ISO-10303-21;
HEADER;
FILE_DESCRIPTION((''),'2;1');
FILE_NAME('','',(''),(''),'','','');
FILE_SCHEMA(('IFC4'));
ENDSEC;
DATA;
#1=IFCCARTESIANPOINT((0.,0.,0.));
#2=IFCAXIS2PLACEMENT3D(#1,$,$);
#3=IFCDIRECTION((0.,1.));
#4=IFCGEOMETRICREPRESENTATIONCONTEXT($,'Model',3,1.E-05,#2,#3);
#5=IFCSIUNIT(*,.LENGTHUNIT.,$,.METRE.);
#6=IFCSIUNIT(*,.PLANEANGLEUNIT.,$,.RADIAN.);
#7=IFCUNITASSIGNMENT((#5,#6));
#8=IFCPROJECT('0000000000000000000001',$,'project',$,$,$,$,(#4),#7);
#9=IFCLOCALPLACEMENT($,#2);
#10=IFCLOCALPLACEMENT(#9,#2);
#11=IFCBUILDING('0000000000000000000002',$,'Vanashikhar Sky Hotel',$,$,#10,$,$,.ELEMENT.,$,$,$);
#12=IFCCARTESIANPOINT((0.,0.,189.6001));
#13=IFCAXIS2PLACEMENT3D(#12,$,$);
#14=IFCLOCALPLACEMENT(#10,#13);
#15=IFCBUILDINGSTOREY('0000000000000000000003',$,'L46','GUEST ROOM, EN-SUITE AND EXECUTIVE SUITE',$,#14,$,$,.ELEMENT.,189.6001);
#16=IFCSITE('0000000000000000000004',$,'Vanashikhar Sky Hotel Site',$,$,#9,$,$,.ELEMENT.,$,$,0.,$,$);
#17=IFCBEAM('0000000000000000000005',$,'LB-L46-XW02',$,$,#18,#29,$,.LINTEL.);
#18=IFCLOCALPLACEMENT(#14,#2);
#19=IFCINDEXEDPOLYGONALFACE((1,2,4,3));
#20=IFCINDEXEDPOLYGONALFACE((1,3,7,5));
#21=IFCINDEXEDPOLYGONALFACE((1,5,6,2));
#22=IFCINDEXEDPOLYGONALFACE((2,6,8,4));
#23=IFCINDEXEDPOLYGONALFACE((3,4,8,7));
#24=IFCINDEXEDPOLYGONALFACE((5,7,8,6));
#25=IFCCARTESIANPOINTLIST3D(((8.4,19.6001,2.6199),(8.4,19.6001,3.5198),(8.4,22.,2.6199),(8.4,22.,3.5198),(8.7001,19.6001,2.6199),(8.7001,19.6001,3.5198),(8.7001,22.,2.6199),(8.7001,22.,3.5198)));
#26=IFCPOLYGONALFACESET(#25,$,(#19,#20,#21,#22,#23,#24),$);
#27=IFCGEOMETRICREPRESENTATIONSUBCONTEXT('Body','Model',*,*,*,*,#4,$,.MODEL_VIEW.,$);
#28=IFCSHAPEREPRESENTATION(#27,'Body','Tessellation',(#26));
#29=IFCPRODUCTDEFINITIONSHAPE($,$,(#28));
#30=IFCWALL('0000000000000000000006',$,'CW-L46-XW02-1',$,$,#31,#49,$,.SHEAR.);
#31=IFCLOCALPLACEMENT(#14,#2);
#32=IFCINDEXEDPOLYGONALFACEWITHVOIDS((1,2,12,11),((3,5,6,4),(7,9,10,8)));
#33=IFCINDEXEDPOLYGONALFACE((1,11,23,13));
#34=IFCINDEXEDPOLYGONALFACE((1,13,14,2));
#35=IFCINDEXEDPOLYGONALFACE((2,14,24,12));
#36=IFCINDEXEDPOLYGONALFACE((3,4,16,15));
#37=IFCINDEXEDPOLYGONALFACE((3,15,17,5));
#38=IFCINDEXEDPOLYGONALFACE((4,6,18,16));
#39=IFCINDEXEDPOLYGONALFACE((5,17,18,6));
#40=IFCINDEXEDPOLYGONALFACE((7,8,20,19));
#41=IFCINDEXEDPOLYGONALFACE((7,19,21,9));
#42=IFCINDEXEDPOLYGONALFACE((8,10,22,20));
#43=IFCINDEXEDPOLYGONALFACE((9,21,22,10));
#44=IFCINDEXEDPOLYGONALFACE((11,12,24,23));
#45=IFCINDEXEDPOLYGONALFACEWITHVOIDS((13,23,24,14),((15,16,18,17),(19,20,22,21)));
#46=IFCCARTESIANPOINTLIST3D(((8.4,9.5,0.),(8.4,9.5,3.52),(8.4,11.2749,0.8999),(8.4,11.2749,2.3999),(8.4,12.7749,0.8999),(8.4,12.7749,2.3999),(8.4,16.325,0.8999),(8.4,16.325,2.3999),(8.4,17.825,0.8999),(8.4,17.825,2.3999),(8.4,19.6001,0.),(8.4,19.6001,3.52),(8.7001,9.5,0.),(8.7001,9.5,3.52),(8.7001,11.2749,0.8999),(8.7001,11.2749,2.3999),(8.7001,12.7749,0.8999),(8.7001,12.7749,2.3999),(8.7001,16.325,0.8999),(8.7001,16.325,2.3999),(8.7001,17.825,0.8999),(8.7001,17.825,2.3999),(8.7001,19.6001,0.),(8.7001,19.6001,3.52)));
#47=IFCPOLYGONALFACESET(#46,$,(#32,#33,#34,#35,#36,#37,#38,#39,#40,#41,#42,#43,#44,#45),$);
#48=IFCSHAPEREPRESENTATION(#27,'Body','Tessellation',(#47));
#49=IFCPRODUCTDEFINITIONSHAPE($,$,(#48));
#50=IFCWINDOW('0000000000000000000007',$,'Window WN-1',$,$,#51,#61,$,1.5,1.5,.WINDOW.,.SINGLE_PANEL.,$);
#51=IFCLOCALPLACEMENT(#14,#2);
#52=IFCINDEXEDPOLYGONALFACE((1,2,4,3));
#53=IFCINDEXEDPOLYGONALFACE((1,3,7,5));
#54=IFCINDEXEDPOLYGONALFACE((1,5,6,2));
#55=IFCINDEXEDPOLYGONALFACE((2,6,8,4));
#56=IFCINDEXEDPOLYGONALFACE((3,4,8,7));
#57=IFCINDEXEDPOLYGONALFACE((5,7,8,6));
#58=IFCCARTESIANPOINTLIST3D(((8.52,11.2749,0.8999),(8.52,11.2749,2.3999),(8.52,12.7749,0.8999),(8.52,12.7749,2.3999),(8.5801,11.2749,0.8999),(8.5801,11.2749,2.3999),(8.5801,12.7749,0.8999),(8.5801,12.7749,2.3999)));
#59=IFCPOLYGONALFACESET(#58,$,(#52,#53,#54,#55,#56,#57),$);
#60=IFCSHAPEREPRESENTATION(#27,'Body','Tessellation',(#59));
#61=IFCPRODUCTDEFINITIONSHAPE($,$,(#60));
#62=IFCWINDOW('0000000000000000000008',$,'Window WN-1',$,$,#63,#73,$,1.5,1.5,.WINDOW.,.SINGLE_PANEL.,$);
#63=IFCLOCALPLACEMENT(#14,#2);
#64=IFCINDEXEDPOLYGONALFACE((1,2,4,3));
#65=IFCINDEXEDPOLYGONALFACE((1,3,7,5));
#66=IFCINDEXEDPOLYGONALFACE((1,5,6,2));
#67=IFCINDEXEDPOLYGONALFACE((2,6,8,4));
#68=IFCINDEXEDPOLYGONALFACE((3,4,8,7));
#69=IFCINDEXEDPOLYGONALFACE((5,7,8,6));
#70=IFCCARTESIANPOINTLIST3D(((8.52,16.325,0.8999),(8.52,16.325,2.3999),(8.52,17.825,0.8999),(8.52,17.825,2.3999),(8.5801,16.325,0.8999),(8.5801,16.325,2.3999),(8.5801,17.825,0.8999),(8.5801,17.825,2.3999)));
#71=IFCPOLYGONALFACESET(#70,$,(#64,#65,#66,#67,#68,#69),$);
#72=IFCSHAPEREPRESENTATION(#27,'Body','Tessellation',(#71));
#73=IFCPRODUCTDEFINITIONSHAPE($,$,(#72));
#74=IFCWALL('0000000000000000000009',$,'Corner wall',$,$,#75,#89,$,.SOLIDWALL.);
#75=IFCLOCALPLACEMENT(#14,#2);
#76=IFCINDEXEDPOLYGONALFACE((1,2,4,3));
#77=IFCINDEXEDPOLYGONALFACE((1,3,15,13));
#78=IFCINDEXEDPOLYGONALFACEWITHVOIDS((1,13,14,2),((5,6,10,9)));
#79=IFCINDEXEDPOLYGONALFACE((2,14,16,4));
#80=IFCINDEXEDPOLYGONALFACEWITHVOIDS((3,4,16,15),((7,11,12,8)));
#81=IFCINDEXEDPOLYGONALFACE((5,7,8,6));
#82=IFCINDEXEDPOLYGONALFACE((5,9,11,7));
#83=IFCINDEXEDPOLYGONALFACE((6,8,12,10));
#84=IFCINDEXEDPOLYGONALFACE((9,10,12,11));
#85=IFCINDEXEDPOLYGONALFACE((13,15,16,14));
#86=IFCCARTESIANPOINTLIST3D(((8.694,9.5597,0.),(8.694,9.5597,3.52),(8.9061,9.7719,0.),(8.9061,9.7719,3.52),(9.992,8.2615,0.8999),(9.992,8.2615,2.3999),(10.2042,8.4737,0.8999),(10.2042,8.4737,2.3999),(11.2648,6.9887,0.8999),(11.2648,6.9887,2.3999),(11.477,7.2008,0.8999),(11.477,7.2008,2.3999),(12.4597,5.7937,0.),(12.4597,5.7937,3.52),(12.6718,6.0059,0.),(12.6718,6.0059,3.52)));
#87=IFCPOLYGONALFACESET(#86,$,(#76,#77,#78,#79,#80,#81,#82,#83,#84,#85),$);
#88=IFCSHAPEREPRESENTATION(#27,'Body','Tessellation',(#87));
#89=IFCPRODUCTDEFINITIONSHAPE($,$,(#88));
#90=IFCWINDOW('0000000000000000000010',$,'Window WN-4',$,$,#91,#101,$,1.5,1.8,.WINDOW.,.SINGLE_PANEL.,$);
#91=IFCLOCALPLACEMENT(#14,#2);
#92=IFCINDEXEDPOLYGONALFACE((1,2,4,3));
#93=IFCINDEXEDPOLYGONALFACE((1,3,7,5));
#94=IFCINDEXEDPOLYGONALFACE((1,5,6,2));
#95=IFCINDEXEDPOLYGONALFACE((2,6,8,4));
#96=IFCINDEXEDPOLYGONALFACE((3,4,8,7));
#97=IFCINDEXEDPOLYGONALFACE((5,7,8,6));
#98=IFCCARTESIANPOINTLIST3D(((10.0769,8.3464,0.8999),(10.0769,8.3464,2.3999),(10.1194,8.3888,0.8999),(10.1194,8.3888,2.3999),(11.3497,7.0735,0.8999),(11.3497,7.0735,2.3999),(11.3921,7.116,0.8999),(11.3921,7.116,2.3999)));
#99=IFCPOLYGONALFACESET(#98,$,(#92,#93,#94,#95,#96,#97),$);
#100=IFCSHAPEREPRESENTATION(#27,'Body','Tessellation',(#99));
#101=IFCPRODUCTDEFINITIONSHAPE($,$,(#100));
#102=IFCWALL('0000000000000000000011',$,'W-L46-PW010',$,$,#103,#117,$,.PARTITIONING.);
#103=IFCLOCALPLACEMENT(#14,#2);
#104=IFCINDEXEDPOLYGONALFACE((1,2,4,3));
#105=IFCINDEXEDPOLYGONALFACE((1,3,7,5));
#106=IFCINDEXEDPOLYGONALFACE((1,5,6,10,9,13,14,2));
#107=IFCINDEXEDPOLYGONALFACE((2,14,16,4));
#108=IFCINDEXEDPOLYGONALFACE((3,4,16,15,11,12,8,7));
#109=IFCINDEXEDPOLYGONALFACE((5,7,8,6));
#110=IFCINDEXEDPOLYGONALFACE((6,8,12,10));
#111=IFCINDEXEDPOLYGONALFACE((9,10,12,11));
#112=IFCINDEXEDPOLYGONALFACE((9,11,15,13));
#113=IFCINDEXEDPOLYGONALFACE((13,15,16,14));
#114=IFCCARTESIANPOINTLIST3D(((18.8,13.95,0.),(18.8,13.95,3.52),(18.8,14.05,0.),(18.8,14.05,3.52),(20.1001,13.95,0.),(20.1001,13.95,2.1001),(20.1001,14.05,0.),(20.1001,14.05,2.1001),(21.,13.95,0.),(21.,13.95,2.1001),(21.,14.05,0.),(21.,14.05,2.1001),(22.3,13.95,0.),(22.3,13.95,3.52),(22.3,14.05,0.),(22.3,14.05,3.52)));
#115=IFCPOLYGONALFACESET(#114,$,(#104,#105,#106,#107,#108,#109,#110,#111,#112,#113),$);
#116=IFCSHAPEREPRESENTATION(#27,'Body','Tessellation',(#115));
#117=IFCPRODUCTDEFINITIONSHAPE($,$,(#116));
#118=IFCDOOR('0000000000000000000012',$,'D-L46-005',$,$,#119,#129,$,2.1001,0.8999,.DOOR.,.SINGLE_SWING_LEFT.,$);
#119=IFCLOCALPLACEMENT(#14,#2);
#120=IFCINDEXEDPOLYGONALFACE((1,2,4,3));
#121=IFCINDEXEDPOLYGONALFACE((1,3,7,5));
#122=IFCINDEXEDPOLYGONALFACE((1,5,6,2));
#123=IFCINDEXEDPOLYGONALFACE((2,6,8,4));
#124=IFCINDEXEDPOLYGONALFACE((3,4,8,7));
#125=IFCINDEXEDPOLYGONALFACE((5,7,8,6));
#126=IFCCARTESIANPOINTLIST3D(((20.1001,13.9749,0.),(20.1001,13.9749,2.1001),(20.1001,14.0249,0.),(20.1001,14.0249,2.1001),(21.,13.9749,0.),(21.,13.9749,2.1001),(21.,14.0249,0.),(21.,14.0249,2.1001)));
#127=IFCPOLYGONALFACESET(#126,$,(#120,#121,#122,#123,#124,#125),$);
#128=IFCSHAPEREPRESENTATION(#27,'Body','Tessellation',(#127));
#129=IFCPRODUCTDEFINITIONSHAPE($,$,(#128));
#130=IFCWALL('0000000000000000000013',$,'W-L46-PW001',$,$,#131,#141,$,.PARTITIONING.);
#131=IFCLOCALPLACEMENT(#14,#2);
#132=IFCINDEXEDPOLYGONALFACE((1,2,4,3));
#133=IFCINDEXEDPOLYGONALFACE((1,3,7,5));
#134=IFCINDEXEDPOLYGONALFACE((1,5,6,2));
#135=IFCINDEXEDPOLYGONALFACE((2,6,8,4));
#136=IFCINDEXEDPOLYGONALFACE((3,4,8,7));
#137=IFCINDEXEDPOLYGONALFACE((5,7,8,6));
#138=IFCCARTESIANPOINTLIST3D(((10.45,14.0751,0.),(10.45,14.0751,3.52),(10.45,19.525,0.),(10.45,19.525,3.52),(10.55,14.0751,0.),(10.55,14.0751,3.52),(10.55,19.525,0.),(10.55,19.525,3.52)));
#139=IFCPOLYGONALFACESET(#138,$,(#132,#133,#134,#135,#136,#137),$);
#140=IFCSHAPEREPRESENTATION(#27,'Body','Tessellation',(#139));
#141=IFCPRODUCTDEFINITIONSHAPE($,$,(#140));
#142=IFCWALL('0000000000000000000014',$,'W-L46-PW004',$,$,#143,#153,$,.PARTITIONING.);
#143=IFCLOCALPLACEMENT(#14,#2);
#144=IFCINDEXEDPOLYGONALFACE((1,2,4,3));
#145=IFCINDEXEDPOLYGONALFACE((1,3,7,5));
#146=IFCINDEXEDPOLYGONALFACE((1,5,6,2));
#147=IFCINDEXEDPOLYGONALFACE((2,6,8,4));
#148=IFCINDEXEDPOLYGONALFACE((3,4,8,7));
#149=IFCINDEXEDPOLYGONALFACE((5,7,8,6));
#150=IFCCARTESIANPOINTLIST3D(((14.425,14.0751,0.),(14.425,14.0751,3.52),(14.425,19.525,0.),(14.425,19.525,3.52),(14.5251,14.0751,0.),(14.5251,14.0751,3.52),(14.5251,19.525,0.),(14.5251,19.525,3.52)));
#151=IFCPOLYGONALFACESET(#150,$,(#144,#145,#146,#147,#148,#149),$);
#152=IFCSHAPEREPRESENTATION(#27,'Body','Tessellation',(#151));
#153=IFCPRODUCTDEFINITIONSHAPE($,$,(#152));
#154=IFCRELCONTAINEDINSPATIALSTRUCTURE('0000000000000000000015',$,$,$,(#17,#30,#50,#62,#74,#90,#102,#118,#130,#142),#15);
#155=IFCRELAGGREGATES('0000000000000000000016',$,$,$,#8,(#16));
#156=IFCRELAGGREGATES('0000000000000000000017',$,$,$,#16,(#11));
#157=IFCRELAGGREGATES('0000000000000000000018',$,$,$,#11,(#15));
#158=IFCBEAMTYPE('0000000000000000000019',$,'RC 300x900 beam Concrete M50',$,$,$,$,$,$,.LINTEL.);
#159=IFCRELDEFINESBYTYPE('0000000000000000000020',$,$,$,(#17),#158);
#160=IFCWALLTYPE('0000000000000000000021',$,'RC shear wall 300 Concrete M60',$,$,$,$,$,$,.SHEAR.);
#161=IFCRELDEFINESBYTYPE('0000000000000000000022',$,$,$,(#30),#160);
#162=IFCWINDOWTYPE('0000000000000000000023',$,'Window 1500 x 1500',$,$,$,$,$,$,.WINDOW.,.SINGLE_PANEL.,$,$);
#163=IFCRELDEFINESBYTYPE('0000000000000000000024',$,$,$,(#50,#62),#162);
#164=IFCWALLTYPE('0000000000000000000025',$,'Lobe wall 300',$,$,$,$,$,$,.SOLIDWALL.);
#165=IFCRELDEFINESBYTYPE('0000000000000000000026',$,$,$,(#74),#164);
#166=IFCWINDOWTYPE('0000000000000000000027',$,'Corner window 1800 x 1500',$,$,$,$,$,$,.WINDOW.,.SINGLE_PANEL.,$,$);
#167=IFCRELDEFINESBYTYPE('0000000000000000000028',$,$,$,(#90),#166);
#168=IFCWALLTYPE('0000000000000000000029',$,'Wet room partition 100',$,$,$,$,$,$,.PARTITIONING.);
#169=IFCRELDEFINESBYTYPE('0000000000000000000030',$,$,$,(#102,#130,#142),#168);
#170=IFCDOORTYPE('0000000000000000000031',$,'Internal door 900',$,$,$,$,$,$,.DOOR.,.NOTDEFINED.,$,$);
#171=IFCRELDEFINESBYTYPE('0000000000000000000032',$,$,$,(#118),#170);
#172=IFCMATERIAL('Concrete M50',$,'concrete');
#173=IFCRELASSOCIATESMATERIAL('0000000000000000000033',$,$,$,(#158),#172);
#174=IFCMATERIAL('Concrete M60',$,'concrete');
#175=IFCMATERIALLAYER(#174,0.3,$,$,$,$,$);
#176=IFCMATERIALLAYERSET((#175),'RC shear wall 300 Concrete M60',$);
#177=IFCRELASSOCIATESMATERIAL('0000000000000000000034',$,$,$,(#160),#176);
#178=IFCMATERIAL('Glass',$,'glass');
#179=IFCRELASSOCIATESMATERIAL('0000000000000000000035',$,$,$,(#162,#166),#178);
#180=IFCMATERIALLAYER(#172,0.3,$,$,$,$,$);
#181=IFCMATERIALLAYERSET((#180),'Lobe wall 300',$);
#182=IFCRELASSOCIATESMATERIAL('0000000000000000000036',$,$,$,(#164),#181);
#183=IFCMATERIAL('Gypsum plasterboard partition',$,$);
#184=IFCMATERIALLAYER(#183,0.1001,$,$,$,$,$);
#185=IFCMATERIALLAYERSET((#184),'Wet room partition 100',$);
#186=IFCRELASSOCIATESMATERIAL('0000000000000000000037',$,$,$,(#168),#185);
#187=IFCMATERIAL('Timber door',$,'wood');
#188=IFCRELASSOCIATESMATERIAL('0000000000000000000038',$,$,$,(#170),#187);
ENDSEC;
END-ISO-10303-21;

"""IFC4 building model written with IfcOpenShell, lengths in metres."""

from ifc_helpers import new_model, si_unit, direction, frame, frame_2d, origin, origin_2d, place, context, subcontext, project, spatial, rectangle, extrude, source, transform, mapped, material, layer, layer_set, material_profile, profile_set, type_object, element, fill, save


model = new_model("IFC4")

# Units and contexts
model_context = context("Model", 3, precision=1e-05, world=origin(), true_north=direction((0.0, 1.0)))
body_context = subcontext(model_context, "Body", "Model", "MODEL_VIEW")
ifc_project = project(units=[si_unit("LENGTHUNIT", "METRE"), si_unit("PLANEANGLEUNIT", "RADIAN")], contexts=[model_context])

# Site, building, storey
site_placement = place(None, origin())
site = spatial("IfcSite", under=ifc_project, at=site_placement, Name="Vanashikhar Sky Hotel Site", CompositionType="ELEMENT", RefElevation=0.0)
building_placement = place(site_placement, origin())
building = spatial("IfcBuilding", under=site, at=building_placement, Name="Vanashikhar Sky Hotel", CompositionType="ELEMENT")
storey_placement = place(building_placement, frame((0.0, 0.0, 189.6001)))
storey = spatial("IfcBuildingStorey", under=building, at=storey_placement, Name="L46", Description="GUEST ROOM, EN-SUITE AND EXECUTIVE SUITE", CompositionType="ELEMENT", Elevation=189.6001)

# Beam
ifc_material_1 = material(Name="Concrete M50", Category="concrete")
ifc_material_profile = material_profile(ifc_material_1, rectangle(XDim=0.3, YDim=0.8999, at=origin_2d()))
ifc_profile_set = profile_set([ifc_material_profile], Name="RC 300x900 beam Concrete M50")
beam_type = type_object("IfcBeamType", Name="RC 300x900 beam Concrete M50", PredefinedType="LINTEL", material=ifc_profile_set)
shared_shape_1 = source(origin(), body_context, "Body", "SweptSolid", [
    extrude(rectangle(XDim=0.3, YDim=0.8999, at=origin_2d()), origin(), (0.0, 0.0, 1.0), 2.3999),
])
beam_placement = place(storey_placement, frame((8.55, 19.6001, 3.0698), z_axis=(0.0, 1.0, 0.0), x_axis=(-1.0, 0.0, 0.0)))
element("IfcBeam", 1, at=beam_placement, inside=storey, type_object=beam_type, Name="LB-L46-XW02", PredefinedType="LINTEL", context=body_context, shape_type="MappedRepresentation", body=[
    mapped(shared_shape_1, transform((0.0, 0.0, 0.0), scale=1.0)),
])

# Wall, openings, windows
ifc_material_2 = material(Name="Concrete M60", Category="concrete")
ifc_layer_1 = layer(ifc_material_2, 0.3)
ifc_layer_set_1 = layer_set([ifc_layer_1], Name="RC shear wall 300 Concrete M60")
wall_type_1 = type_object("IfcWallType", Name="RC shear wall 300 Concrete M60", PredefinedType="SHEAR", material=ifc_layer_set_1)
shared_shape_2 = source(origin(), body_context, "Body", "SweptSolid", [
    extrude(rectangle(XDim=10.1001, YDim=0.3, at=frame_2d((5.05, 0.0))), origin(), (0.0, 0.0, 1.0), 3.52),
])
wall_1_placement = place(storey_placement, frame((8.55, 9.5, 0.0), z_axis=(0.0, 0.0, 1.0), x_axis=(0.0, 1.0, 0.0)))
wall_1 = element("IfcWall", 2, at=wall_1_placement, inside=storey, type_object=wall_type_1, Name="CW-L46-XW02-1", PredefinedType="SHEAR", context=body_context, shape_type="MappedRepresentation", body=[
    mapped(shared_shape_2, transform((0.0, 0.0, 0.0), scale=1.0)),
])
shared_shape_3 = source(origin(), body_context, "Body", "SweptSolid", [
    extrude(rectangle(XDim=1.5, YDim=1.5, at=frame_2d((0.75, 0.75))), frame((0.0, 0.1602, 0.0), z_axis=(0.0, -1.0, 0.0), x_axis=(1.0, 0.0, 0.0)), (0.0, 0.0, 1.0), 0.3201),
])
opening_1_placement = place(wall_1_placement, frame((1.7749, 0.0, 0.8999)))
opening_1 = element("IfcOpeningElement", 3, at=opening_1_placement, cuts=wall_1, PredefinedType="OPENING", context=body_context, shape_type="MappedRepresentation", body=[
    mapped(shared_shape_3, transform((0.0, 0.0, 0.0), scale=1.0)),
])
opening_2_placement = place(wall_1_placement, frame((6.825, 0.0, 0.8999)))
opening_2 = element("IfcOpeningElement", 4, at=opening_2_placement, cuts=wall_1, PredefinedType="OPENING", context=body_context, shape_type="MappedRepresentation", body=[
    mapped(shared_shape_3, transform((0.0, 0.0, 0.0), scale=1.0)),
])
ifc_material_3 = material(Name="Glass", Category="glass")
window_type_1 = type_object("IfcWindowType", Name="Window 1500 x 1500", PartitioningType="SINGLE_PANEL", PredefinedType="WINDOW", material=ifc_material_3)
shared_shape_4 = source(origin(), body_context, "Body", "SweptSolid", [
    extrude(rectangle(XDim=1.5, YDim=1.5, at=frame_2d((0.75, 0.75))), frame((0.0, 0.03, 0.0), z_axis=(0.0, -1.0, 0.0), x_axis=(1.0, 0.0, 0.0)), (0.0, 0.0, 1.0), 0.0601),
])
window_1_placement = place(opening_1_placement, origin())
window_1 = element("IfcWindow", 5, at=window_1_placement, inside=storey, type_object=window_type_1, Name="Window WN-1", OverallHeight=1.5, OverallWidth=1.5, PartitioningType="SINGLE_PANEL", PredefinedType="WINDOW", context=body_context, shape_type="MappedRepresentation", body=[
    mapped(shared_shape_4, transform((0.0, 0.0, 0.0), scale=1.0)),
])
fill(opening_1, window_1)
window_2_placement = place(opening_2_placement, origin())
window_2 = element("IfcWindow", 6, at=window_2_placement, inside=storey, type_object=window_type_1, Name="Window WN-1", OverallHeight=1.5, OverallWidth=1.5, PartitioningType="SINGLE_PANEL", PredefinedType="WINDOW", context=body_context, shape_type="MappedRepresentation", body=[
    mapped(shared_shape_4, transform((0.0, 0.0, 0.0), scale=1.0)),
])
fill(opening_2, window_2)

# Wall, opening, window
ifc_layer_2 = layer(ifc_material_1, 0.3)
ifc_layer_set_2 = layer_set([ifc_layer_2], Name="Lobe wall 300")
wall_type_2 = type_object("IfcWallType", Name="Lobe wall 300", PredefinedType="SOLIDWALL", material=ifc_layer_set_2)
shared_shape_5 = source(origin(), body_context, "Body", "SweptSolid", [
    extrude(rectangle(XDim=5.3257, YDim=0.3, at=frame_2d((2.6628, 0.0))), origin(), (0.0, 0.0, 1.0), 3.52),
])
wall_2_placement = place(storey_placement, frame((8.8, 9.6658, 0.0), z_axis=(0.0, 0.0, 1.0), x_axis=(0.707084, -0.70713, 0.0)))
wall_2 = element("IfcWall", 7, at=wall_2_placement, inside=storey, type_object=wall_type_2, Name="Corner wall", PredefinedType="SOLIDWALL", context=body_context, shape_type="MappedRepresentation", body=[
    mapped(shared_shape_5, transform((0.0, 0.0, 0.0), scale=1.0)),
])
shared_shape_6 = source(origin(), body_context, "Body", "SweptSolid", [
    extrude(rectangle(XDim=1.8, YDim=1.5, at=frame_2d((0.8999, 0.75))), frame((0.0, 0.1602, 0.0), z_axis=(0.0, -1.0, 0.0), x_axis=(1.0, 0.0, 0.0)), (0.0, 0.0, 1.0), 0.3201),
])
opening_3_placement = place(wall_2_placement, frame((1.8359, 0.0, 0.8999)))
opening_3 = element("IfcOpeningElement", 8, at=opening_3_placement, cuts=wall_2, PredefinedType="OPENING", context=body_context, shape_type="MappedRepresentation", body=[
    mapped(shared_shape_6, transform((0.0, 0.0, 0.0), scale=1.0)),
])
window_type_2 = type_object("IfcWindowType", Name="Corner window 1800 x 1500", PartitioningType="SINGLE_PANEL", PredefinedType="WINDOW", material=ifc_material_3)
shared_shape_7 = source(origin(), body_context, "Body", "SweptSolid", [
    extrude(rectangle(XDim=1.8, YDim=1.5, at=frame_2d((0.8999, 0.75))), frame((0.0, 0.03, 0.0), z_axis=(0.0, -1.0, 0.0), x_axis=(1.0, 0.0, 0.0)), (0.0, 0.0, 1.0), 0.0601),
])
window_3_placement = place(opening_3_placement, origin())
window_3 = element("IfcWindow", 9, at=window_3_placement, inside=storey, type_object=window_type_2, Name="Window WN-4", OverallHeight=1.5, OverallWidth=1.8, PartitioningType="SINGLE_PANEL", PredefinedType="WINDOW", context=body_context, shape_type="MappedRepresentation", body=[
    mapped(shared_shape_7, transform((0.0, 0.0, 0.0), scale=1.0)),
])
fill(opening_3, window_3)

# Wall, opening, door
ifc_material_4 = material(Name="Gypsum plasterboard partition")
ifc_layer_3 = layer(ifc_material_4, 0.1001)
ifc_layer_set_3 = layer_set([ifc_layer_3], Name="Wet room partition 100")
wall_type_3 = type_object("IfcWallType", Name="Wet room partition 100", PredefinedType="PARTITIONING", material=ifc_layer_set_3)
shared_shape_8 = source(origin(), body_context, "Body", "SweptSolid", [
    extrude(rectangle(XDim=3.5, YDim=0.1001, at=frame_2d((1.75, 0.0))), origin(), (0.0, 0.0, 1.0), 3.52),
])
wall_3_placement = place(storey_placement, frame((18.8, 14.0, 0.0), z_axis=(0.0, 0.0, 1.0), x_axis=(1.0, 0.0, 0.0)))
wall_3 = element("IfcWall", 10, at=wall_3_placement, inside=storey, type_object=wall_type_3, Name="W-L46-PW010", PredefinedType="PARTITIONING", context=body_context, shape_type="MappedRepresentation", body=[
    mapped(shared_shape_8, transform((0.0, 0.0, 0.0), scale=1.0)),
])
shared_shape_9 = source(origin(), body_context, "Body", "SweptSolid", [
    extrude(rectangle(XDim=0.8999, YDim=2.1001, at=frame_2d((0.45, 1.05))), frame((0.0, 0.0601, 0.0), z_axis=(0.0, -1.0, 0.0), x_axis=(1.0, 0.0, 0.0)), (0.0, 0.0, 1.0), 0.1201),
])
opening_4_placement = place(wall_3_placement, frame((1.3, 0.0, 0.0)))
opening_4 = element("IfcOpeningElement", 11, at=opening_4_placement, cuts=wall_3, PredefinedType="OPENING", context=body_context, shape_type="MappedRepresentation", body=[
    mapped(shared_shape_9, transform((0.0, 0.0, 0.0), scale=1.0)),
])
ifc_material_5 = material(Name="Timber door", Category="wood")
door_type_1 = type_object("IfcDoorType", Name="Internal door 900", OperationType="NOTDEFINED", PredefinedType="DOOR", material=ifc_material_5)
shared_shape_10 = source(origin(), body_context, "Body", "SweptSolid", [
    extrude(rectangle(XDim=0.8999, YDim=2.1001, at=frame_2d((0.45, 1.05))), frame((0.0, 0.0249, 0.0), z_axis=(0.0, -1.0, 0.0), x_axis=(1.0, 0.0, 0.0)), (0.0, 0.0, 1.0), 0.05),
])
door_1_placement = place(opening_4_placement, origin())
door_1 = element("IfcDoor", 12, at=door_1_placement, inside=storey, type_object=door_type_1, Name="D-L46-005", OperationType="SINGLE_SWING_LEFT", OverallHeight=2.1001, OverallWidth=0.8999, PredefinedType="DOOR", context=body_context, shape_type="MappedRepresentation", body=[
    mapped(shared_shape_10, transform((0.0, 0.0, 0.0), scale=1.0)),
])
fill(opening_4, door_1)

# Walls
shared_shape_11 = source(origin(), body_context, "Body", "SweptSolid", [
    extrude(rectangle(XDim=5.45, YDim=0.1001, at=frame_2d((2.7251, 0.0))), origin(), (0.0, 0.0, 1.0), 3.52),
])
for number, where, z_axis, x_axis, name in (
    (13, (10.5, 14.075, 0.0), (0.0, 0.0, 1.0), (0.0, 1.0, 0.0), "W-L46-PW001"),
    (14, (14.4751, 14.075, 0.0), (0.0, 0.0, 1.0), (0.0, 1.0, 0.0), "W-L46-PW004"),
):
    element("IfcWall", number, at=place(storey_placement, frame(where, z_axis=z_axis, x_axis=x_axis)), inside=storey, type_object=wall_type_3, Name=name, PredefinedType="PARTITIONING", context=body_context, shape_type="MappedRepresentation", body=[
        mapped(shared_shape_11, transform((0.0, 0.0, 0.0), scale=1.0)),
    ])

save(model, "model.ifc")
